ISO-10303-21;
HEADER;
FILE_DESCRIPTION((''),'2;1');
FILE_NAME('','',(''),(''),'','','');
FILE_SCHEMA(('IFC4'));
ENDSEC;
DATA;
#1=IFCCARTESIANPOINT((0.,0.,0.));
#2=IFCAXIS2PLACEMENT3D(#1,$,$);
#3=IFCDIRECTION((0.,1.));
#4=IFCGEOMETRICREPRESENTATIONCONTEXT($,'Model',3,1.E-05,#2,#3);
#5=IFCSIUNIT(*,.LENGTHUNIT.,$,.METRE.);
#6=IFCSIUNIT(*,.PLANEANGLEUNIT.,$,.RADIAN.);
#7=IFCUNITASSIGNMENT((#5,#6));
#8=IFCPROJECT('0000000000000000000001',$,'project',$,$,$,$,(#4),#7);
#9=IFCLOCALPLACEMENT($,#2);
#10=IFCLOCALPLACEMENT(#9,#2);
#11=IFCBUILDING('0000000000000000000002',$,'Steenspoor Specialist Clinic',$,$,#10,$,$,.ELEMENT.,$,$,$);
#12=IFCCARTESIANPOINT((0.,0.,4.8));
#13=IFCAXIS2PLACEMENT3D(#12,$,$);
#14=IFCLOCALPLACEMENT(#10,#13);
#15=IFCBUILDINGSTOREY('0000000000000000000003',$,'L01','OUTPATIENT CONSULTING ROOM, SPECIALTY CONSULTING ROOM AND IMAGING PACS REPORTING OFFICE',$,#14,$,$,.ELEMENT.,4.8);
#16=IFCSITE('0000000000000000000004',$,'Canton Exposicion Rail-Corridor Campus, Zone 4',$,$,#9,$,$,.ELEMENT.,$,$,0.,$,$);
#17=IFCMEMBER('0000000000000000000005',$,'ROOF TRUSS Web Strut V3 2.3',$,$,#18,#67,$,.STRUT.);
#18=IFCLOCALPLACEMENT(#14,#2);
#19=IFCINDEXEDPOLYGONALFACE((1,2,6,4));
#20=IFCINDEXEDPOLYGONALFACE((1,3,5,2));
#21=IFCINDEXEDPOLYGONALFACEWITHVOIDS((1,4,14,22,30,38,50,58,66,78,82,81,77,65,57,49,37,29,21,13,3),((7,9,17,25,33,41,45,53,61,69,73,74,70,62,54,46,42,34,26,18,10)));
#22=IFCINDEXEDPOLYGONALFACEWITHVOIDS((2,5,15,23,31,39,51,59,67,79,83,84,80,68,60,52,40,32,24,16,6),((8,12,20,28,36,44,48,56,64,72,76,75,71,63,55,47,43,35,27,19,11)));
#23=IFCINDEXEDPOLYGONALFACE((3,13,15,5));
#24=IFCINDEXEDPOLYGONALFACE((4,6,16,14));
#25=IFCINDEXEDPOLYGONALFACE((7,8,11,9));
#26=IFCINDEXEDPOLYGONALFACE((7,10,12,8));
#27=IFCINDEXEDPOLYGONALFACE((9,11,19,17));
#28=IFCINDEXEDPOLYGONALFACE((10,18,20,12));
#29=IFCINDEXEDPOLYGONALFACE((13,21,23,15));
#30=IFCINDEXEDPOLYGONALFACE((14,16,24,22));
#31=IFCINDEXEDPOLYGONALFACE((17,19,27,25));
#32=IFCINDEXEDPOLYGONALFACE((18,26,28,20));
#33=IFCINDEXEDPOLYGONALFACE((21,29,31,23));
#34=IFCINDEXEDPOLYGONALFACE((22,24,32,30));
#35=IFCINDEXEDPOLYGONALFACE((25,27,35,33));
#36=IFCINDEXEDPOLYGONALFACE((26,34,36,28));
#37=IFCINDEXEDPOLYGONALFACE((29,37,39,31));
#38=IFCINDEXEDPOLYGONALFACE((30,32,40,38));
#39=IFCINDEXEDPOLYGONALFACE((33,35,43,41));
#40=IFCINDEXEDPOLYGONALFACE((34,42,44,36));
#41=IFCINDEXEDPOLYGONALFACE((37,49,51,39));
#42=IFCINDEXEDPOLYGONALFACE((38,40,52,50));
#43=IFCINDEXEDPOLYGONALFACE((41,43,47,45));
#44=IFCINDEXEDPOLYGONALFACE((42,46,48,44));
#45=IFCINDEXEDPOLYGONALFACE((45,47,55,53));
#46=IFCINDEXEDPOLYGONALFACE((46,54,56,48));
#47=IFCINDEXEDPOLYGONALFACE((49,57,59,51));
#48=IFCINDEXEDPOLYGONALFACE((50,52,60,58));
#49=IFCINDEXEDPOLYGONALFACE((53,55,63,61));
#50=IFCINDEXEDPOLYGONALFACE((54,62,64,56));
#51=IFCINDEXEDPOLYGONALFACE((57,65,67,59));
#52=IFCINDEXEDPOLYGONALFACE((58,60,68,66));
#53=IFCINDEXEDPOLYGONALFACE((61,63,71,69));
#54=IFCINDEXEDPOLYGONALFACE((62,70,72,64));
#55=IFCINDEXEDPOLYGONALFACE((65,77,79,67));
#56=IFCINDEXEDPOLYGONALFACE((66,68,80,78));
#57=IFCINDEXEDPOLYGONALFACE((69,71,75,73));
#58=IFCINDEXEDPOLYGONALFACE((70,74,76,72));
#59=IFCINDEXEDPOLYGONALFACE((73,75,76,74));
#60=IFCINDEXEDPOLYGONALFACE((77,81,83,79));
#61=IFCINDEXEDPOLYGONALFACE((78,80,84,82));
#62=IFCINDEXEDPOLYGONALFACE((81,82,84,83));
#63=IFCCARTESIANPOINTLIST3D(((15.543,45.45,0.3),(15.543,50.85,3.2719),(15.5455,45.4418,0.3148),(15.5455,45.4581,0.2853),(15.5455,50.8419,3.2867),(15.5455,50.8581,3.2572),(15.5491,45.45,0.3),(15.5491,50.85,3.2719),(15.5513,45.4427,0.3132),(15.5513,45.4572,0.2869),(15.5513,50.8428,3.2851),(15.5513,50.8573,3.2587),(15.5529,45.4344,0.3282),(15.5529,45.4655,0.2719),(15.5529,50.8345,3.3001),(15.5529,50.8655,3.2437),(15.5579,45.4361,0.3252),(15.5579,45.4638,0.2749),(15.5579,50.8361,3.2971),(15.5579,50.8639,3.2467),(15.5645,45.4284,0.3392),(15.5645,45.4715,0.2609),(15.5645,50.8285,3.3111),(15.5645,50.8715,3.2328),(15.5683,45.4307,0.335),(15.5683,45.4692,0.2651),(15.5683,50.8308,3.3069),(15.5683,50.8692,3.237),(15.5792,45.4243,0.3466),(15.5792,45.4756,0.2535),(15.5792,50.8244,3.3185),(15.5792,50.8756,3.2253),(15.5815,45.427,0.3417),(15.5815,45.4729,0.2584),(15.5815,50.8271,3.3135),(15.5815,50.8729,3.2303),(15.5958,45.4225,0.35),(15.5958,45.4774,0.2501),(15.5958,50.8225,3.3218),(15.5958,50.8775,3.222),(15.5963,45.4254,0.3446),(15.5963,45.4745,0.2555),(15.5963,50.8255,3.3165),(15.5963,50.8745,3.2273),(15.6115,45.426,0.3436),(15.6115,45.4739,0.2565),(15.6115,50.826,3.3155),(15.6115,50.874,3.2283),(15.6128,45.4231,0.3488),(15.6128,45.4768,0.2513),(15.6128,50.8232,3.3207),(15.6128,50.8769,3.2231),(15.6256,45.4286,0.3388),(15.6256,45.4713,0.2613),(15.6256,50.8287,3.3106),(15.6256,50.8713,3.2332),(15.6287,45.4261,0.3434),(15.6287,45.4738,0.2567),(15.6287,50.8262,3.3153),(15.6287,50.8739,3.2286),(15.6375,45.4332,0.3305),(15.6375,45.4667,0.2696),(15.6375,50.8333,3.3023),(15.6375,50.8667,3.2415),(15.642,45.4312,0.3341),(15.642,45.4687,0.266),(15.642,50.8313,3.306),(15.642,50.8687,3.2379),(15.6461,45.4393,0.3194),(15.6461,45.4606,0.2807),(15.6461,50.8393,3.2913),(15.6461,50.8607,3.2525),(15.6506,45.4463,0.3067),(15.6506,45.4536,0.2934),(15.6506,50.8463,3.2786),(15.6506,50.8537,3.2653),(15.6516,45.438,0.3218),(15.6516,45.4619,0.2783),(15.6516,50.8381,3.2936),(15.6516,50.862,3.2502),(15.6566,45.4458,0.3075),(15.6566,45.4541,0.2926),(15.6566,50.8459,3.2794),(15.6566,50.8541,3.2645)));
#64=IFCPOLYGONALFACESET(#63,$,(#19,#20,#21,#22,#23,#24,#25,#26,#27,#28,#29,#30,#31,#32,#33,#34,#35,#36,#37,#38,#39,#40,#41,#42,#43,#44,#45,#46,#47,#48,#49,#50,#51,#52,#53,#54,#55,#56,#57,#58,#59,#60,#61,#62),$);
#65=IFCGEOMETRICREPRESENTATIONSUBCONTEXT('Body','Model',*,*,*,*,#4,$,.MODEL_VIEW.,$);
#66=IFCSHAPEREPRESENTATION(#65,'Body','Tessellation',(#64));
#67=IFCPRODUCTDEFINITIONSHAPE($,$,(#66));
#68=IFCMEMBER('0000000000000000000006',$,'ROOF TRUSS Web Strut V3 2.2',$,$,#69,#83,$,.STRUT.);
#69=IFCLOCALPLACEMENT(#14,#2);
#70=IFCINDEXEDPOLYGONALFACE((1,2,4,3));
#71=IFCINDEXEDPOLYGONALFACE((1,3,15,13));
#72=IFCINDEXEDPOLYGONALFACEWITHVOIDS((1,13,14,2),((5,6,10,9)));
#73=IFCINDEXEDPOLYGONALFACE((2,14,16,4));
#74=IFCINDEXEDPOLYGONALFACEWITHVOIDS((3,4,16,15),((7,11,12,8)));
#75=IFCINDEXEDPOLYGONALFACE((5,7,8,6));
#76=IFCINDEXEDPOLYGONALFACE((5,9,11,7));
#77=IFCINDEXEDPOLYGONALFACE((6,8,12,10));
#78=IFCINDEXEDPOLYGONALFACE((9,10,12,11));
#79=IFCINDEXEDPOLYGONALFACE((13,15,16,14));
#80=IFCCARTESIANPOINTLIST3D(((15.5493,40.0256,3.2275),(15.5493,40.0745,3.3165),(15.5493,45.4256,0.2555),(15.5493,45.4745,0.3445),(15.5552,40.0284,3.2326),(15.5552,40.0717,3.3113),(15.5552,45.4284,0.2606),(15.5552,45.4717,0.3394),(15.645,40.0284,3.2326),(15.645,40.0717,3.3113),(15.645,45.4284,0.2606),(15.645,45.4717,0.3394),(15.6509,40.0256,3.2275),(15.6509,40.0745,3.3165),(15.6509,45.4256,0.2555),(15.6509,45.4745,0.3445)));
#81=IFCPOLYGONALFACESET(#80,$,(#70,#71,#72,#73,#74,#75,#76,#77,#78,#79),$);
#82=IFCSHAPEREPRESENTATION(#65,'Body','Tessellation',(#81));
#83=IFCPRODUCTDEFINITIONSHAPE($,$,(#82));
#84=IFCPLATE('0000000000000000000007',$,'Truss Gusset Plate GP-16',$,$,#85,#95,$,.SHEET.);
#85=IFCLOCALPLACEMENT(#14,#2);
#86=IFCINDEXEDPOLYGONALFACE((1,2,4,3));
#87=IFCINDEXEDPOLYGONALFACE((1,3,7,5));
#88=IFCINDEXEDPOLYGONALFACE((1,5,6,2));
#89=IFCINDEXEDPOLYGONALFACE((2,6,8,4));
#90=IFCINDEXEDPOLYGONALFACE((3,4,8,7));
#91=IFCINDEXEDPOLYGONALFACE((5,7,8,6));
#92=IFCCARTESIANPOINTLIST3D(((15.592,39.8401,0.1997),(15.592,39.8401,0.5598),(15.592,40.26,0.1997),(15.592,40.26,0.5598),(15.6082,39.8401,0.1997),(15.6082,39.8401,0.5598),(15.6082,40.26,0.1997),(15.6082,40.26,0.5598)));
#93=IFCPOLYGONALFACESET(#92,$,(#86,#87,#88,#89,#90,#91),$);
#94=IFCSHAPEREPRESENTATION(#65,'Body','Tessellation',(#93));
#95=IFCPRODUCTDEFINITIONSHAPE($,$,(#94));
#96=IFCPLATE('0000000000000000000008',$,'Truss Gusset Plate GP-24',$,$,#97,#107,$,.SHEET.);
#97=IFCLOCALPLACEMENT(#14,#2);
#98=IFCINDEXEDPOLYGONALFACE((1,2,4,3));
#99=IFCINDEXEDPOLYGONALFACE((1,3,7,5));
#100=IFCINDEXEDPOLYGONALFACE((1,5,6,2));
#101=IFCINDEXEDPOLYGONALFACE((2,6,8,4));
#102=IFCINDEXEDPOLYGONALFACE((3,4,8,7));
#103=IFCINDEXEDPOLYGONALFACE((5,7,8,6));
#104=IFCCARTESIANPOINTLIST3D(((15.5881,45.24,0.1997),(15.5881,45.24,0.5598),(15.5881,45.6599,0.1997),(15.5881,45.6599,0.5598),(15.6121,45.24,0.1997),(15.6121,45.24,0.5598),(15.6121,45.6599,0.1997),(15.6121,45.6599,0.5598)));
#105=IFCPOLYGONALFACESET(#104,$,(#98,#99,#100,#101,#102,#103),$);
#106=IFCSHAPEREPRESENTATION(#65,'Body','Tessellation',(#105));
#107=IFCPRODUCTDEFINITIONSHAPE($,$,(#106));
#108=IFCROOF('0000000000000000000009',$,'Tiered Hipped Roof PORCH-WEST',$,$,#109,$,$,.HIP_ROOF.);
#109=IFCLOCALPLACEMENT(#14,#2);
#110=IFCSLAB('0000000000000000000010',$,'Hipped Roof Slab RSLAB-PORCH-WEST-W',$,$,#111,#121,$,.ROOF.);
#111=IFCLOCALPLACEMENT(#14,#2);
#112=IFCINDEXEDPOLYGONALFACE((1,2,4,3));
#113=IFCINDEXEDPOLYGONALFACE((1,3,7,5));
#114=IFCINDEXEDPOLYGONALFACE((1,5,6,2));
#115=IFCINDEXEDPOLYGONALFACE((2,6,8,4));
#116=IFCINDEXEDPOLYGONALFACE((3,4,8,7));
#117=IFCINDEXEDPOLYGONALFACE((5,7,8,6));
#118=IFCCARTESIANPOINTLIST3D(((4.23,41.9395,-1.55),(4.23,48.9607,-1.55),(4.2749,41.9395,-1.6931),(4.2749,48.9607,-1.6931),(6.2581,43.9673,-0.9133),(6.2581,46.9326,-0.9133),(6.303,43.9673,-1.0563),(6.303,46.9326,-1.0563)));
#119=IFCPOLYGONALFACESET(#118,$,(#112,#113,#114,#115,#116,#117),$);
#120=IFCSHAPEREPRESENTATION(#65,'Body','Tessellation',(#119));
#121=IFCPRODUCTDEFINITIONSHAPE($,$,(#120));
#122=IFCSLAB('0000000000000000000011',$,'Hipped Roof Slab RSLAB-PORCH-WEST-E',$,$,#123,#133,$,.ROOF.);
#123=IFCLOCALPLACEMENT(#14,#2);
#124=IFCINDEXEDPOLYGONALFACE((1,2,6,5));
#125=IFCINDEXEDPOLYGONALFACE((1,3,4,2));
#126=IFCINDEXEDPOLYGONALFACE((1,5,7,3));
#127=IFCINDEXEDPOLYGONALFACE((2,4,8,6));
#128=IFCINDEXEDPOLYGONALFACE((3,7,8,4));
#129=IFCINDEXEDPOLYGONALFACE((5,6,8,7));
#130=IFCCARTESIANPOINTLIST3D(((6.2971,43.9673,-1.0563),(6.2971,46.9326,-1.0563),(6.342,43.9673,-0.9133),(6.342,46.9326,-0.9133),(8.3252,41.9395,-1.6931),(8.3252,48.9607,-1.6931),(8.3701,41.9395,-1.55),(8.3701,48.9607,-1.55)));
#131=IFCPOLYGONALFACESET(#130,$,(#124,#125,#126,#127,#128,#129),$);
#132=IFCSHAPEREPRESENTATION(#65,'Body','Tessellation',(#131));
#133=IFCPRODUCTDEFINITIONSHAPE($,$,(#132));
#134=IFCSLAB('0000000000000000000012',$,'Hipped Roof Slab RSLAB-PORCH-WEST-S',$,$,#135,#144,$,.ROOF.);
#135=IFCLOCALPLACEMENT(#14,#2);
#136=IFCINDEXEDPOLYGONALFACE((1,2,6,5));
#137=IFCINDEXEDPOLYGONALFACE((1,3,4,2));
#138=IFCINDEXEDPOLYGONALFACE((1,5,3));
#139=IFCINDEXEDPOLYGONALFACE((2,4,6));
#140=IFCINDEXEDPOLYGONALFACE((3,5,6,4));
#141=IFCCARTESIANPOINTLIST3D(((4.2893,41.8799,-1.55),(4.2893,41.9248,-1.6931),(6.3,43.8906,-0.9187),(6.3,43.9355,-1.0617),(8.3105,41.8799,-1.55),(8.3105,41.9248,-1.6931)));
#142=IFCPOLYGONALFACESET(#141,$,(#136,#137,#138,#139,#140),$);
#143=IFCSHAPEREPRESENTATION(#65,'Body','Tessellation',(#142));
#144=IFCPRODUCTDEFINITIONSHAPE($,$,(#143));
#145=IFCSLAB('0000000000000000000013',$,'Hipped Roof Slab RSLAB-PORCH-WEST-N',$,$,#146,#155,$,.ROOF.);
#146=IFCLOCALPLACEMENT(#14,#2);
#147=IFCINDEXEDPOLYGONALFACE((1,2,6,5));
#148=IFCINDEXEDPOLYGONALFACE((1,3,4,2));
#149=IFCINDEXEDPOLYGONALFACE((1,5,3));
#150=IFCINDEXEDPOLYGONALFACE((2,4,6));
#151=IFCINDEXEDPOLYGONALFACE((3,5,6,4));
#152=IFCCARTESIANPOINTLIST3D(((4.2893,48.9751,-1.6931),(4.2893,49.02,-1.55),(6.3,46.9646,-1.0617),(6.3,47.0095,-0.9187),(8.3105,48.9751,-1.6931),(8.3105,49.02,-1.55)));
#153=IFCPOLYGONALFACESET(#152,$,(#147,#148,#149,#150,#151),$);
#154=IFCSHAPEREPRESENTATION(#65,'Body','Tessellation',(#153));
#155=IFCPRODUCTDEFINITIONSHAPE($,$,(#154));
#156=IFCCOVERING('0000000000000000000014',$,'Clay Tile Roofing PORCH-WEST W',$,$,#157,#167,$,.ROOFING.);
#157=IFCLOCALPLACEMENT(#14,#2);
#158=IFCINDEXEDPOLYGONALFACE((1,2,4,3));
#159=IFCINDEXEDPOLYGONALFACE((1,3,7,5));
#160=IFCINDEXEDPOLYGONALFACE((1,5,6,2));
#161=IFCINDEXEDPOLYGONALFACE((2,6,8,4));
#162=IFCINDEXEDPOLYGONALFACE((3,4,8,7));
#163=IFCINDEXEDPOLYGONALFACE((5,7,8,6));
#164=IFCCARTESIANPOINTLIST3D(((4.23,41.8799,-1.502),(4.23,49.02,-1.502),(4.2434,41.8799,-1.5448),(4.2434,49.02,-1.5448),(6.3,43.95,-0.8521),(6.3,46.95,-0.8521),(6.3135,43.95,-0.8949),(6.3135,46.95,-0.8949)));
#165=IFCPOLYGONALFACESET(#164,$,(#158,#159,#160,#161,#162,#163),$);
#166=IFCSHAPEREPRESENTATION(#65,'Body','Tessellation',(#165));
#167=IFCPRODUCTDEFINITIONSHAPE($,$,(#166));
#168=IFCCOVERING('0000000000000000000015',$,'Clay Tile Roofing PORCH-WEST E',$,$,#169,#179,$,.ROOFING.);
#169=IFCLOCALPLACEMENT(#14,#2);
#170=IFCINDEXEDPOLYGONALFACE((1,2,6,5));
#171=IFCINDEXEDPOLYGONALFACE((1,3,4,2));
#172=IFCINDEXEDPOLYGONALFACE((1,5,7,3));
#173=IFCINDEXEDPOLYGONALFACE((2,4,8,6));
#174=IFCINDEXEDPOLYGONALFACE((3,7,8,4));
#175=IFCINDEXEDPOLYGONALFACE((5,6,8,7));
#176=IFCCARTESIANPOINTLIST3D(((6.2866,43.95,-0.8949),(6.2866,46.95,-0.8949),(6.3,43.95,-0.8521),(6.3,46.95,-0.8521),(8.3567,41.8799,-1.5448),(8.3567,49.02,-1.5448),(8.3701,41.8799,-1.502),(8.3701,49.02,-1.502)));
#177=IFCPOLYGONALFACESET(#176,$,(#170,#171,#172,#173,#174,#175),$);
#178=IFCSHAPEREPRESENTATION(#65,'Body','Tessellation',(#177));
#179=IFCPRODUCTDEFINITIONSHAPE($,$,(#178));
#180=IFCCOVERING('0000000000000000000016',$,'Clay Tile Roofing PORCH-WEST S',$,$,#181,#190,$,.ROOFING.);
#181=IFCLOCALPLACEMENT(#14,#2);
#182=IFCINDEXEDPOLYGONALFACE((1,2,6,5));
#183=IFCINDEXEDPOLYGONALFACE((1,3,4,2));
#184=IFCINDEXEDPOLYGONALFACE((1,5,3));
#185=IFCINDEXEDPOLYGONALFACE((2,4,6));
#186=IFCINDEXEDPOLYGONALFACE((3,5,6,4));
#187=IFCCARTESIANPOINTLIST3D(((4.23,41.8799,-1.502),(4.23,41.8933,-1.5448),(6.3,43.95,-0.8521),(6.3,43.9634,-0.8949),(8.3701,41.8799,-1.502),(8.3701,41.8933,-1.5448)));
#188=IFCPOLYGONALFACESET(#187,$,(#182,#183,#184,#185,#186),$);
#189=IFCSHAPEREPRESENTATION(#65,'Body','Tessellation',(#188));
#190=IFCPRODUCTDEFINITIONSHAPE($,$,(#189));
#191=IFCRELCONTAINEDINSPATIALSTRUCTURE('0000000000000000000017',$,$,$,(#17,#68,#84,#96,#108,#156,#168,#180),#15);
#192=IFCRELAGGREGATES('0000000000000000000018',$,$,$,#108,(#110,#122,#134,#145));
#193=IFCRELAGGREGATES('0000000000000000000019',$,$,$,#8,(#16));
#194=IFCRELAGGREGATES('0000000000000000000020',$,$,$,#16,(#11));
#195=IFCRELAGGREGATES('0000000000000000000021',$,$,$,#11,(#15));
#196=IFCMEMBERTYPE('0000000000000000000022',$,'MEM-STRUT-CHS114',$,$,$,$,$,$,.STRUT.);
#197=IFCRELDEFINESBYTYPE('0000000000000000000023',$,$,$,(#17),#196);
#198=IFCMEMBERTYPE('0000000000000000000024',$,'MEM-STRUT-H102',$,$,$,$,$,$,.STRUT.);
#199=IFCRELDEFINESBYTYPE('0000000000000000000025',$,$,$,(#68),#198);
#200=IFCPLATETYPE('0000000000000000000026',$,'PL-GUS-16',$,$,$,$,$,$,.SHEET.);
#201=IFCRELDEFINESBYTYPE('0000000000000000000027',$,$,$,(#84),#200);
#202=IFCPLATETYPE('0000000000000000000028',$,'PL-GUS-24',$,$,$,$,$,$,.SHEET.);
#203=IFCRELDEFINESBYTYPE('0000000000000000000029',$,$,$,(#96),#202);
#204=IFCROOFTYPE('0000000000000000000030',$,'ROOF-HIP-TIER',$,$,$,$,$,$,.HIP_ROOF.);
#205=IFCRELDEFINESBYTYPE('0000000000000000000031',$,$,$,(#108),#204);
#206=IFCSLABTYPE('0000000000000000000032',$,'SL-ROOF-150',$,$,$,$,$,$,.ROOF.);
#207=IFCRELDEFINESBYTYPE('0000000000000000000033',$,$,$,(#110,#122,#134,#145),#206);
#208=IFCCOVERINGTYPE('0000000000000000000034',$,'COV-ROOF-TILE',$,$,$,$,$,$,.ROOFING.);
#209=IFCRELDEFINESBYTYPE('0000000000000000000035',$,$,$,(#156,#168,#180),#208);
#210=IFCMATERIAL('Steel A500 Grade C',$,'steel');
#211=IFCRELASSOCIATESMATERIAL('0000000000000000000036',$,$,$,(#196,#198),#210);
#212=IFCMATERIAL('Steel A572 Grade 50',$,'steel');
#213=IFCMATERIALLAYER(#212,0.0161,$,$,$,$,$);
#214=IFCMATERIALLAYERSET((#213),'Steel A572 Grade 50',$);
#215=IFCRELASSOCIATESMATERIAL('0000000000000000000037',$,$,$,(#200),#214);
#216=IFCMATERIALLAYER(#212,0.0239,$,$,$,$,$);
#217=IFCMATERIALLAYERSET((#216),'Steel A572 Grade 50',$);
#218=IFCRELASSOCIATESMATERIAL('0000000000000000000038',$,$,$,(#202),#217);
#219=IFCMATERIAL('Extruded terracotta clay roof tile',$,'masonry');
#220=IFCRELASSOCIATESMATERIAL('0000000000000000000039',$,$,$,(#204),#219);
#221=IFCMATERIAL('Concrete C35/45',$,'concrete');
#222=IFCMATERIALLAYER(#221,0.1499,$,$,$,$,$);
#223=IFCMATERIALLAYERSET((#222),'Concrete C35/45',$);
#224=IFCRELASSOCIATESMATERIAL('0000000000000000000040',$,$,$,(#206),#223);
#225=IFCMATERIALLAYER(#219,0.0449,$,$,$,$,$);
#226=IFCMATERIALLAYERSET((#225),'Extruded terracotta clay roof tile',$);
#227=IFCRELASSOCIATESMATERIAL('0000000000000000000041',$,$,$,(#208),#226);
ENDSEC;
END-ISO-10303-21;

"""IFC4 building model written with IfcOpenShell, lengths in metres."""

from ifc_helpers import new_model, si_unit, direction, frame, origin, origin_2d, place, context, subcontext, project, spatial, polyline, rectangle, hollow_rectangle, hollow_circle, outline, extrude, material, layer, layer_set, material_profile, profile_set, type_object, element, aggregate, save


model = new_model("IFC4")

# Units and contexts
model_context = context("Model", 3, precision=1e-05, world=origin(), true_north=direction((0.0, 1.0)))
body_context = subcontext(model_context, "Body", "Model", "MODEL_VIEW")
ifc_project = project(units=[si_unit("LENGTHUNIT", "METRE"), si_unit("PLANEANGLEUNIT", "RADIAN")], contexts=[model_context])

# Site, building, storey
site_placement = place(None, origin())
site = spatial("IfcSite", under=ifc_project, at=site_placement, Name="Canton Exposicion Rail-Corridor Campus, Zone 4", CompositionType="ELEMENT", RefElevation=0.0)
building_placement = place(site_placement, origin())
building = spatial("IfcBuilding", under=site, at=building_placement, Name="Steenspoor Specialist Clinic", CompositionType="ELEMENT")
storey_placement = place(building_placement, frame((0.0, 0.0, 4.8)))
storey = spatial("IfcBuildingStorey", under=building, at=storey_placement, Name="L01", Description="OUTPATIENT CONSULTING ROOM, SPECIALTY CONSULTING ROOM AND IMAGING PACS REPORTING OFFICE", CompositionType="ELEMENT", Elevation=4.8)

# Members
ifc_material_1 = material(Name="Steel A500 Grade C", Category="steel")
ifc_material_profile_1 = material_profile(ifc_material_1, hollow_circle(Radius=0.0571, WallThickness=0.0061, at=origin_2d()), Name="CHS114X6.0")
ifc_profile_set_1 = profile_set([ifc_material_profile_1], Name="Steel A500 Grade C")
member_type_1 = type_object("IfcMemberType", Name="MEM-STRUT-CHS114", PredefinedType="STRUT", material=ifc_profile_set_1)
member_1_placement = place(storey_placement, frame((15.6001, 45.45, 0.3), z_axis=(0.0, 0.87609, 0.482148), x_axis=(-1.0, 0.0, 0.0)))
element("IfcMember", 1, at=member_1_placement, inside=storey, type_object=member_type_1, Name="ROOF TRUSS Web Strut V3 2.3", PredefinedType="STRUT", context=body_context, shape_type="SweptSolid", body=[
    extrude(hollow_circle(Radius=0.0571, WallThickness=0.0061, at=origin_2d()), origin(), (0.0, 0.0, 1.0), 6.1638),
])
ifc_material_profile_2 = material_profile(ifc_material_1, hollow_rectangle(XDim=0.1016, YDim=0.1016, WallThickness=0.0059, at=origin_2d()), Name="HSS102X102X6.4")
ifc_profile_set_2 = profile_set([ifc_material_profile_2], Name="Steel A500 Grade C")
member_type_2 = type_object("IfcMemberType", Name="MEM-STRUT-H102", PredefinedType="STRUT", material=ifc_profile_set_2)
member_2_placement = place(storey_placement, frame((15.6001, 40.05, 3.272), z_axis=(0.0, 0.87608, -0.482165), x_axis=(-1.0, 0.0, 0.0)))
element("IfcMember", 2, at=member_2_placement, inside=storey, type_object=member_type_2, Name="ROOF TRUSS Web Strut V3 2.2", PredefinedType="STRUT", context=body_context, shape_type="SweptSolid", body=[
    extrude(hollow_rectangle(XDim=0.1016, YDim=0.1016, WallThickness=0.0059, at=origin_2d()), origin(), (0.0, 0.0, 1.0), 6.1638),
])

# Plates
ifc_material_2 = material(Name="Steel A572 Grade 50", Category="steel")
ifc_layer_1 = layer(ifc_material_2, 0.0161)
ifc_layer_set_1 = layer_set([ifc_layer_1], Name="Steel A572 Grade 50")
plate_type_1 = type_object("IfcPlateType", Name="PL-GUS-16", PredefinedType="SHEET", material=ifc_layer_set_1)
plate_1_placement = place(storey_placement, frame((15.6001, 40.05, 0.1997), z_axis=(0.0, 0.0, 1.0), x_axis=(1.0, 0.0, 0.0)))
element("IfcPlate", 3, at=plate_1_placement, inside=storey, type_object=plate_type_1, Name="Truss Gusset Plate GP-16", PredefinedType="SHEET", context=body_context, shape_type="SweptSolid", body=[
    extrude(rectangle(XDim=0.0161, YDim=0.4199, at=origin_2d()), origin(), (0.0, 0.0, 1.0), 0.3601),
])
ifc_layer_2 = layer(ifc_material_2, 0.0239)
ifc_layer_set_2 = layer_set([ifc_layer_2], Name="Steel A572 Grade 50")
plate_type_2 = type_object("IfcPlateType", Name="PL-GUS-24", PredefinedType="SHEET", material=ifc_layer_set_2)
plate_2_placement = place(storey_placement, frame((15.6001, 45.45, 0.1997), z_axis=(0.0, 0.0, 1.0), x_axis=(1.0, 0.0, 0.0)))
element("IfcPlate", 4, at=plate_2_placement, inside=storey, type_object=plate_type_2, Name="Truss Gusset Plate GP-24", PredefinedType="SHEET", context=body_context, shape_type="SweptSolid", body=[
    extrude(rectangle(XDim=0.0239, YDim=0.4199, at=origin_2d()), origin(), (0.0, 0.0, 1.0), 0.3601),
])

# Roof, slabs
ifc_material_3 = material(Name="Extruded terracotta clay roof tile", Category="masonry")
roof_type = type_object("IfcRoofType", Name="ROOF-HIP-TIER", PredefinedType="HIP_ROOF", material=ifc_material_3)
roof_placement = place(storey_placement, origin())
roof = element("IfcRoof", 5, at=roof_placement, inside=storey, type_object=roof_type, Name="Tiered Hipped Roof PORCH-WEST", PredefinedType="HIP_ROOF")
ifc_material_4 = material(Name="Concrete C35/45", Category="concrete")
ifc_layer_3 = layer(ifc_material_4, 0.1499)
ifc_layer_set_3 = layer_set([ifc_layer_3], Name="Concrete C35/45")
slab_type = type_object("IfcSlabType", Name="SL-ROOF-150", PredefinedType="ROOF", material=ifc_layer_set_3)
slab_1_placement = place(storey_placement, frame((6.2581, 46.9326, -0.9133), z_axis=(-0.299537, 0.0, 0.954085), x_axis=(-0.690301, 0.690301, -0.216722)))
slab_1 = element("IfcSlab", 6, at=slab_1_placement, type_object=slab_type, Name="Hipped Roof Slab RSLAB-PORCH-WEST-W", PredefinedType="ROOF", context=body_context, shape_type="SweptSolid", body=[
    extrude(outline(polyline([(0.0, 0.0), (2.938, 0.0), (-1.9088, 5.08), (-2.047, 2.1455), (0.0, 0.0)])), origin(), (0.0, 0.0, -1.0), 0.1499),
])
slab_2_placement = place(storey_placement, frame((6.342, 43.9673, -0.9133), z_axis=(0.299537, 0.0, 0.954085), x_axis=(0.690341, -0.690258, -0.216734)))
slab_2 = element("IfcSlab", 7, at=slab_2_placement, type_object=slab_type, Name="Hipped Roof Slab RSLAB-PORCH-WEST-E", PredefinedType="ROOF", context=body_context, shape_type="SweptSolid", body=[
    extrude(outline(polyline([(0.0, 0.0), (2.9378, 0.0), (-1.9087, 5.0803), (-2.0468, 2.1456), (0.0, 0.0)])), origin(), (0.0, 0.0, -1.0), 0.1499),
])
slab_3_placement = place(storey_placement, frame((6.3, 43.8906, -0.9187), z_axis=(0.0, -0.299568, 0.954075), x_axis=(-0.690298, -0.690298, -0.216745)))
slab_3 = element("IfcSlab", 8, at=slab_3_placement, type_object=slab_type, Name="Hipped Roof Slab RSLAB-PORCH-WEST-S", PredefinedType="ROOF", context=body_context, shape_type="SweptSolid", body=[
    extrude(outline(polyline([(0.0, 0.0), (2.9129, 0.0), (0.137, 2.9095), (0.0, 0.0)])), origin(), (0.0, 0.0, -1.0), 0.1499),
])
slab_4_placement = place(storey_placement, frame((6.3, 47.0095, -0.9187), z_axis=(0.0, 0.299601, 0.954065), x_axis=(0.690294, 0.690294, -0.21677)))
slab_4 = element("IfcSlab", 9, at=slab_4_placement, type_object=slab_type, Name="Hipped Roof Slab RSLAB-PORCH-WEST-N", PredefinedType="ROOF", context=body_context, shape_type="SweptSolid", body=[
    extrude(outline(polyline([(0.0, 0.0), (2.9125, 0.0), (0.1367, 2.9095), (0.0, 0.0)])), origin(), (0.0, 0.0, -1.0), 0.1499),
])
aggregate(roof, [slab_1, slab_2, slab_3, slab_4])

# Coverings
ifc_layer_4 = layer(ifc_material_3, 0.0449)
ifc_layer_set_4 = layer_set([ifc_layer_4], Name="Extruded terracotta clay roof tile")
covering_type = type_object("IfcCoveringType", Name="COV-ROOF-TILE", PredefinedType="ROOFING", material=ifc_layer_set_4)
for number, where, z_axis, x_axis, name in (
    (10, (4.23, 49.02, -1.502), (-0.299537, 0.0, 0.954085), (0.0, -1.0, 0.0), "Clay Tile Roofing PORCH-WEST W"),
    (11, (8.3701, 41.8799, -1.502), (0.299537, 0.0, 0.954085), (0.0, 1.0, 0.0), "Clay Tile Roofing PORCH-WEST E"),
):
    element("IfcCovering", number, at=place(storey_placement, frame(where, z_axis=z_axis, x_axis=x_axis)), inside=storey, type_object=covering_type, Name=name, PredefinedType="ROOFING", context=body_context, shape_type="SweptSolid", body=[
        extrude(outline(polyline([(0.0, 0.0), (7.1401, 0.0), (5.0701, 2.1697), (2.0701, 2.1697), (0.0, 0.0)])), origin(), (0.0, 0.0, -1.0), 0.0449),
    ])
for number, where, z_axis, x_axis, name in (
    (12, (4.23, 41.8799, -1.502), (0.0, -0.299537, 0.954085), (1.0, 0.0, 0.0), "Clay Tile Roofing PORCH-WEST S"),
):
    element("IfcCovering", number, at=place(storey_placement, frame(where, z_axis=z_axis, x_axis=x_axis)), inside=storey, type_object=covering_type, Name=name, PredefinedType="ROOFING", context=body_context, shape_type="SweptSolid", body=[
        extrude(outline(polyline([(0.0, 0.0), (4.1401, 0.0), (2.0701, 2.1697), (0.0, 0.0)])), origin(), (0.0, 0.0, -1.0), 0.0449),
    ])

save(model, "model.ifc")
